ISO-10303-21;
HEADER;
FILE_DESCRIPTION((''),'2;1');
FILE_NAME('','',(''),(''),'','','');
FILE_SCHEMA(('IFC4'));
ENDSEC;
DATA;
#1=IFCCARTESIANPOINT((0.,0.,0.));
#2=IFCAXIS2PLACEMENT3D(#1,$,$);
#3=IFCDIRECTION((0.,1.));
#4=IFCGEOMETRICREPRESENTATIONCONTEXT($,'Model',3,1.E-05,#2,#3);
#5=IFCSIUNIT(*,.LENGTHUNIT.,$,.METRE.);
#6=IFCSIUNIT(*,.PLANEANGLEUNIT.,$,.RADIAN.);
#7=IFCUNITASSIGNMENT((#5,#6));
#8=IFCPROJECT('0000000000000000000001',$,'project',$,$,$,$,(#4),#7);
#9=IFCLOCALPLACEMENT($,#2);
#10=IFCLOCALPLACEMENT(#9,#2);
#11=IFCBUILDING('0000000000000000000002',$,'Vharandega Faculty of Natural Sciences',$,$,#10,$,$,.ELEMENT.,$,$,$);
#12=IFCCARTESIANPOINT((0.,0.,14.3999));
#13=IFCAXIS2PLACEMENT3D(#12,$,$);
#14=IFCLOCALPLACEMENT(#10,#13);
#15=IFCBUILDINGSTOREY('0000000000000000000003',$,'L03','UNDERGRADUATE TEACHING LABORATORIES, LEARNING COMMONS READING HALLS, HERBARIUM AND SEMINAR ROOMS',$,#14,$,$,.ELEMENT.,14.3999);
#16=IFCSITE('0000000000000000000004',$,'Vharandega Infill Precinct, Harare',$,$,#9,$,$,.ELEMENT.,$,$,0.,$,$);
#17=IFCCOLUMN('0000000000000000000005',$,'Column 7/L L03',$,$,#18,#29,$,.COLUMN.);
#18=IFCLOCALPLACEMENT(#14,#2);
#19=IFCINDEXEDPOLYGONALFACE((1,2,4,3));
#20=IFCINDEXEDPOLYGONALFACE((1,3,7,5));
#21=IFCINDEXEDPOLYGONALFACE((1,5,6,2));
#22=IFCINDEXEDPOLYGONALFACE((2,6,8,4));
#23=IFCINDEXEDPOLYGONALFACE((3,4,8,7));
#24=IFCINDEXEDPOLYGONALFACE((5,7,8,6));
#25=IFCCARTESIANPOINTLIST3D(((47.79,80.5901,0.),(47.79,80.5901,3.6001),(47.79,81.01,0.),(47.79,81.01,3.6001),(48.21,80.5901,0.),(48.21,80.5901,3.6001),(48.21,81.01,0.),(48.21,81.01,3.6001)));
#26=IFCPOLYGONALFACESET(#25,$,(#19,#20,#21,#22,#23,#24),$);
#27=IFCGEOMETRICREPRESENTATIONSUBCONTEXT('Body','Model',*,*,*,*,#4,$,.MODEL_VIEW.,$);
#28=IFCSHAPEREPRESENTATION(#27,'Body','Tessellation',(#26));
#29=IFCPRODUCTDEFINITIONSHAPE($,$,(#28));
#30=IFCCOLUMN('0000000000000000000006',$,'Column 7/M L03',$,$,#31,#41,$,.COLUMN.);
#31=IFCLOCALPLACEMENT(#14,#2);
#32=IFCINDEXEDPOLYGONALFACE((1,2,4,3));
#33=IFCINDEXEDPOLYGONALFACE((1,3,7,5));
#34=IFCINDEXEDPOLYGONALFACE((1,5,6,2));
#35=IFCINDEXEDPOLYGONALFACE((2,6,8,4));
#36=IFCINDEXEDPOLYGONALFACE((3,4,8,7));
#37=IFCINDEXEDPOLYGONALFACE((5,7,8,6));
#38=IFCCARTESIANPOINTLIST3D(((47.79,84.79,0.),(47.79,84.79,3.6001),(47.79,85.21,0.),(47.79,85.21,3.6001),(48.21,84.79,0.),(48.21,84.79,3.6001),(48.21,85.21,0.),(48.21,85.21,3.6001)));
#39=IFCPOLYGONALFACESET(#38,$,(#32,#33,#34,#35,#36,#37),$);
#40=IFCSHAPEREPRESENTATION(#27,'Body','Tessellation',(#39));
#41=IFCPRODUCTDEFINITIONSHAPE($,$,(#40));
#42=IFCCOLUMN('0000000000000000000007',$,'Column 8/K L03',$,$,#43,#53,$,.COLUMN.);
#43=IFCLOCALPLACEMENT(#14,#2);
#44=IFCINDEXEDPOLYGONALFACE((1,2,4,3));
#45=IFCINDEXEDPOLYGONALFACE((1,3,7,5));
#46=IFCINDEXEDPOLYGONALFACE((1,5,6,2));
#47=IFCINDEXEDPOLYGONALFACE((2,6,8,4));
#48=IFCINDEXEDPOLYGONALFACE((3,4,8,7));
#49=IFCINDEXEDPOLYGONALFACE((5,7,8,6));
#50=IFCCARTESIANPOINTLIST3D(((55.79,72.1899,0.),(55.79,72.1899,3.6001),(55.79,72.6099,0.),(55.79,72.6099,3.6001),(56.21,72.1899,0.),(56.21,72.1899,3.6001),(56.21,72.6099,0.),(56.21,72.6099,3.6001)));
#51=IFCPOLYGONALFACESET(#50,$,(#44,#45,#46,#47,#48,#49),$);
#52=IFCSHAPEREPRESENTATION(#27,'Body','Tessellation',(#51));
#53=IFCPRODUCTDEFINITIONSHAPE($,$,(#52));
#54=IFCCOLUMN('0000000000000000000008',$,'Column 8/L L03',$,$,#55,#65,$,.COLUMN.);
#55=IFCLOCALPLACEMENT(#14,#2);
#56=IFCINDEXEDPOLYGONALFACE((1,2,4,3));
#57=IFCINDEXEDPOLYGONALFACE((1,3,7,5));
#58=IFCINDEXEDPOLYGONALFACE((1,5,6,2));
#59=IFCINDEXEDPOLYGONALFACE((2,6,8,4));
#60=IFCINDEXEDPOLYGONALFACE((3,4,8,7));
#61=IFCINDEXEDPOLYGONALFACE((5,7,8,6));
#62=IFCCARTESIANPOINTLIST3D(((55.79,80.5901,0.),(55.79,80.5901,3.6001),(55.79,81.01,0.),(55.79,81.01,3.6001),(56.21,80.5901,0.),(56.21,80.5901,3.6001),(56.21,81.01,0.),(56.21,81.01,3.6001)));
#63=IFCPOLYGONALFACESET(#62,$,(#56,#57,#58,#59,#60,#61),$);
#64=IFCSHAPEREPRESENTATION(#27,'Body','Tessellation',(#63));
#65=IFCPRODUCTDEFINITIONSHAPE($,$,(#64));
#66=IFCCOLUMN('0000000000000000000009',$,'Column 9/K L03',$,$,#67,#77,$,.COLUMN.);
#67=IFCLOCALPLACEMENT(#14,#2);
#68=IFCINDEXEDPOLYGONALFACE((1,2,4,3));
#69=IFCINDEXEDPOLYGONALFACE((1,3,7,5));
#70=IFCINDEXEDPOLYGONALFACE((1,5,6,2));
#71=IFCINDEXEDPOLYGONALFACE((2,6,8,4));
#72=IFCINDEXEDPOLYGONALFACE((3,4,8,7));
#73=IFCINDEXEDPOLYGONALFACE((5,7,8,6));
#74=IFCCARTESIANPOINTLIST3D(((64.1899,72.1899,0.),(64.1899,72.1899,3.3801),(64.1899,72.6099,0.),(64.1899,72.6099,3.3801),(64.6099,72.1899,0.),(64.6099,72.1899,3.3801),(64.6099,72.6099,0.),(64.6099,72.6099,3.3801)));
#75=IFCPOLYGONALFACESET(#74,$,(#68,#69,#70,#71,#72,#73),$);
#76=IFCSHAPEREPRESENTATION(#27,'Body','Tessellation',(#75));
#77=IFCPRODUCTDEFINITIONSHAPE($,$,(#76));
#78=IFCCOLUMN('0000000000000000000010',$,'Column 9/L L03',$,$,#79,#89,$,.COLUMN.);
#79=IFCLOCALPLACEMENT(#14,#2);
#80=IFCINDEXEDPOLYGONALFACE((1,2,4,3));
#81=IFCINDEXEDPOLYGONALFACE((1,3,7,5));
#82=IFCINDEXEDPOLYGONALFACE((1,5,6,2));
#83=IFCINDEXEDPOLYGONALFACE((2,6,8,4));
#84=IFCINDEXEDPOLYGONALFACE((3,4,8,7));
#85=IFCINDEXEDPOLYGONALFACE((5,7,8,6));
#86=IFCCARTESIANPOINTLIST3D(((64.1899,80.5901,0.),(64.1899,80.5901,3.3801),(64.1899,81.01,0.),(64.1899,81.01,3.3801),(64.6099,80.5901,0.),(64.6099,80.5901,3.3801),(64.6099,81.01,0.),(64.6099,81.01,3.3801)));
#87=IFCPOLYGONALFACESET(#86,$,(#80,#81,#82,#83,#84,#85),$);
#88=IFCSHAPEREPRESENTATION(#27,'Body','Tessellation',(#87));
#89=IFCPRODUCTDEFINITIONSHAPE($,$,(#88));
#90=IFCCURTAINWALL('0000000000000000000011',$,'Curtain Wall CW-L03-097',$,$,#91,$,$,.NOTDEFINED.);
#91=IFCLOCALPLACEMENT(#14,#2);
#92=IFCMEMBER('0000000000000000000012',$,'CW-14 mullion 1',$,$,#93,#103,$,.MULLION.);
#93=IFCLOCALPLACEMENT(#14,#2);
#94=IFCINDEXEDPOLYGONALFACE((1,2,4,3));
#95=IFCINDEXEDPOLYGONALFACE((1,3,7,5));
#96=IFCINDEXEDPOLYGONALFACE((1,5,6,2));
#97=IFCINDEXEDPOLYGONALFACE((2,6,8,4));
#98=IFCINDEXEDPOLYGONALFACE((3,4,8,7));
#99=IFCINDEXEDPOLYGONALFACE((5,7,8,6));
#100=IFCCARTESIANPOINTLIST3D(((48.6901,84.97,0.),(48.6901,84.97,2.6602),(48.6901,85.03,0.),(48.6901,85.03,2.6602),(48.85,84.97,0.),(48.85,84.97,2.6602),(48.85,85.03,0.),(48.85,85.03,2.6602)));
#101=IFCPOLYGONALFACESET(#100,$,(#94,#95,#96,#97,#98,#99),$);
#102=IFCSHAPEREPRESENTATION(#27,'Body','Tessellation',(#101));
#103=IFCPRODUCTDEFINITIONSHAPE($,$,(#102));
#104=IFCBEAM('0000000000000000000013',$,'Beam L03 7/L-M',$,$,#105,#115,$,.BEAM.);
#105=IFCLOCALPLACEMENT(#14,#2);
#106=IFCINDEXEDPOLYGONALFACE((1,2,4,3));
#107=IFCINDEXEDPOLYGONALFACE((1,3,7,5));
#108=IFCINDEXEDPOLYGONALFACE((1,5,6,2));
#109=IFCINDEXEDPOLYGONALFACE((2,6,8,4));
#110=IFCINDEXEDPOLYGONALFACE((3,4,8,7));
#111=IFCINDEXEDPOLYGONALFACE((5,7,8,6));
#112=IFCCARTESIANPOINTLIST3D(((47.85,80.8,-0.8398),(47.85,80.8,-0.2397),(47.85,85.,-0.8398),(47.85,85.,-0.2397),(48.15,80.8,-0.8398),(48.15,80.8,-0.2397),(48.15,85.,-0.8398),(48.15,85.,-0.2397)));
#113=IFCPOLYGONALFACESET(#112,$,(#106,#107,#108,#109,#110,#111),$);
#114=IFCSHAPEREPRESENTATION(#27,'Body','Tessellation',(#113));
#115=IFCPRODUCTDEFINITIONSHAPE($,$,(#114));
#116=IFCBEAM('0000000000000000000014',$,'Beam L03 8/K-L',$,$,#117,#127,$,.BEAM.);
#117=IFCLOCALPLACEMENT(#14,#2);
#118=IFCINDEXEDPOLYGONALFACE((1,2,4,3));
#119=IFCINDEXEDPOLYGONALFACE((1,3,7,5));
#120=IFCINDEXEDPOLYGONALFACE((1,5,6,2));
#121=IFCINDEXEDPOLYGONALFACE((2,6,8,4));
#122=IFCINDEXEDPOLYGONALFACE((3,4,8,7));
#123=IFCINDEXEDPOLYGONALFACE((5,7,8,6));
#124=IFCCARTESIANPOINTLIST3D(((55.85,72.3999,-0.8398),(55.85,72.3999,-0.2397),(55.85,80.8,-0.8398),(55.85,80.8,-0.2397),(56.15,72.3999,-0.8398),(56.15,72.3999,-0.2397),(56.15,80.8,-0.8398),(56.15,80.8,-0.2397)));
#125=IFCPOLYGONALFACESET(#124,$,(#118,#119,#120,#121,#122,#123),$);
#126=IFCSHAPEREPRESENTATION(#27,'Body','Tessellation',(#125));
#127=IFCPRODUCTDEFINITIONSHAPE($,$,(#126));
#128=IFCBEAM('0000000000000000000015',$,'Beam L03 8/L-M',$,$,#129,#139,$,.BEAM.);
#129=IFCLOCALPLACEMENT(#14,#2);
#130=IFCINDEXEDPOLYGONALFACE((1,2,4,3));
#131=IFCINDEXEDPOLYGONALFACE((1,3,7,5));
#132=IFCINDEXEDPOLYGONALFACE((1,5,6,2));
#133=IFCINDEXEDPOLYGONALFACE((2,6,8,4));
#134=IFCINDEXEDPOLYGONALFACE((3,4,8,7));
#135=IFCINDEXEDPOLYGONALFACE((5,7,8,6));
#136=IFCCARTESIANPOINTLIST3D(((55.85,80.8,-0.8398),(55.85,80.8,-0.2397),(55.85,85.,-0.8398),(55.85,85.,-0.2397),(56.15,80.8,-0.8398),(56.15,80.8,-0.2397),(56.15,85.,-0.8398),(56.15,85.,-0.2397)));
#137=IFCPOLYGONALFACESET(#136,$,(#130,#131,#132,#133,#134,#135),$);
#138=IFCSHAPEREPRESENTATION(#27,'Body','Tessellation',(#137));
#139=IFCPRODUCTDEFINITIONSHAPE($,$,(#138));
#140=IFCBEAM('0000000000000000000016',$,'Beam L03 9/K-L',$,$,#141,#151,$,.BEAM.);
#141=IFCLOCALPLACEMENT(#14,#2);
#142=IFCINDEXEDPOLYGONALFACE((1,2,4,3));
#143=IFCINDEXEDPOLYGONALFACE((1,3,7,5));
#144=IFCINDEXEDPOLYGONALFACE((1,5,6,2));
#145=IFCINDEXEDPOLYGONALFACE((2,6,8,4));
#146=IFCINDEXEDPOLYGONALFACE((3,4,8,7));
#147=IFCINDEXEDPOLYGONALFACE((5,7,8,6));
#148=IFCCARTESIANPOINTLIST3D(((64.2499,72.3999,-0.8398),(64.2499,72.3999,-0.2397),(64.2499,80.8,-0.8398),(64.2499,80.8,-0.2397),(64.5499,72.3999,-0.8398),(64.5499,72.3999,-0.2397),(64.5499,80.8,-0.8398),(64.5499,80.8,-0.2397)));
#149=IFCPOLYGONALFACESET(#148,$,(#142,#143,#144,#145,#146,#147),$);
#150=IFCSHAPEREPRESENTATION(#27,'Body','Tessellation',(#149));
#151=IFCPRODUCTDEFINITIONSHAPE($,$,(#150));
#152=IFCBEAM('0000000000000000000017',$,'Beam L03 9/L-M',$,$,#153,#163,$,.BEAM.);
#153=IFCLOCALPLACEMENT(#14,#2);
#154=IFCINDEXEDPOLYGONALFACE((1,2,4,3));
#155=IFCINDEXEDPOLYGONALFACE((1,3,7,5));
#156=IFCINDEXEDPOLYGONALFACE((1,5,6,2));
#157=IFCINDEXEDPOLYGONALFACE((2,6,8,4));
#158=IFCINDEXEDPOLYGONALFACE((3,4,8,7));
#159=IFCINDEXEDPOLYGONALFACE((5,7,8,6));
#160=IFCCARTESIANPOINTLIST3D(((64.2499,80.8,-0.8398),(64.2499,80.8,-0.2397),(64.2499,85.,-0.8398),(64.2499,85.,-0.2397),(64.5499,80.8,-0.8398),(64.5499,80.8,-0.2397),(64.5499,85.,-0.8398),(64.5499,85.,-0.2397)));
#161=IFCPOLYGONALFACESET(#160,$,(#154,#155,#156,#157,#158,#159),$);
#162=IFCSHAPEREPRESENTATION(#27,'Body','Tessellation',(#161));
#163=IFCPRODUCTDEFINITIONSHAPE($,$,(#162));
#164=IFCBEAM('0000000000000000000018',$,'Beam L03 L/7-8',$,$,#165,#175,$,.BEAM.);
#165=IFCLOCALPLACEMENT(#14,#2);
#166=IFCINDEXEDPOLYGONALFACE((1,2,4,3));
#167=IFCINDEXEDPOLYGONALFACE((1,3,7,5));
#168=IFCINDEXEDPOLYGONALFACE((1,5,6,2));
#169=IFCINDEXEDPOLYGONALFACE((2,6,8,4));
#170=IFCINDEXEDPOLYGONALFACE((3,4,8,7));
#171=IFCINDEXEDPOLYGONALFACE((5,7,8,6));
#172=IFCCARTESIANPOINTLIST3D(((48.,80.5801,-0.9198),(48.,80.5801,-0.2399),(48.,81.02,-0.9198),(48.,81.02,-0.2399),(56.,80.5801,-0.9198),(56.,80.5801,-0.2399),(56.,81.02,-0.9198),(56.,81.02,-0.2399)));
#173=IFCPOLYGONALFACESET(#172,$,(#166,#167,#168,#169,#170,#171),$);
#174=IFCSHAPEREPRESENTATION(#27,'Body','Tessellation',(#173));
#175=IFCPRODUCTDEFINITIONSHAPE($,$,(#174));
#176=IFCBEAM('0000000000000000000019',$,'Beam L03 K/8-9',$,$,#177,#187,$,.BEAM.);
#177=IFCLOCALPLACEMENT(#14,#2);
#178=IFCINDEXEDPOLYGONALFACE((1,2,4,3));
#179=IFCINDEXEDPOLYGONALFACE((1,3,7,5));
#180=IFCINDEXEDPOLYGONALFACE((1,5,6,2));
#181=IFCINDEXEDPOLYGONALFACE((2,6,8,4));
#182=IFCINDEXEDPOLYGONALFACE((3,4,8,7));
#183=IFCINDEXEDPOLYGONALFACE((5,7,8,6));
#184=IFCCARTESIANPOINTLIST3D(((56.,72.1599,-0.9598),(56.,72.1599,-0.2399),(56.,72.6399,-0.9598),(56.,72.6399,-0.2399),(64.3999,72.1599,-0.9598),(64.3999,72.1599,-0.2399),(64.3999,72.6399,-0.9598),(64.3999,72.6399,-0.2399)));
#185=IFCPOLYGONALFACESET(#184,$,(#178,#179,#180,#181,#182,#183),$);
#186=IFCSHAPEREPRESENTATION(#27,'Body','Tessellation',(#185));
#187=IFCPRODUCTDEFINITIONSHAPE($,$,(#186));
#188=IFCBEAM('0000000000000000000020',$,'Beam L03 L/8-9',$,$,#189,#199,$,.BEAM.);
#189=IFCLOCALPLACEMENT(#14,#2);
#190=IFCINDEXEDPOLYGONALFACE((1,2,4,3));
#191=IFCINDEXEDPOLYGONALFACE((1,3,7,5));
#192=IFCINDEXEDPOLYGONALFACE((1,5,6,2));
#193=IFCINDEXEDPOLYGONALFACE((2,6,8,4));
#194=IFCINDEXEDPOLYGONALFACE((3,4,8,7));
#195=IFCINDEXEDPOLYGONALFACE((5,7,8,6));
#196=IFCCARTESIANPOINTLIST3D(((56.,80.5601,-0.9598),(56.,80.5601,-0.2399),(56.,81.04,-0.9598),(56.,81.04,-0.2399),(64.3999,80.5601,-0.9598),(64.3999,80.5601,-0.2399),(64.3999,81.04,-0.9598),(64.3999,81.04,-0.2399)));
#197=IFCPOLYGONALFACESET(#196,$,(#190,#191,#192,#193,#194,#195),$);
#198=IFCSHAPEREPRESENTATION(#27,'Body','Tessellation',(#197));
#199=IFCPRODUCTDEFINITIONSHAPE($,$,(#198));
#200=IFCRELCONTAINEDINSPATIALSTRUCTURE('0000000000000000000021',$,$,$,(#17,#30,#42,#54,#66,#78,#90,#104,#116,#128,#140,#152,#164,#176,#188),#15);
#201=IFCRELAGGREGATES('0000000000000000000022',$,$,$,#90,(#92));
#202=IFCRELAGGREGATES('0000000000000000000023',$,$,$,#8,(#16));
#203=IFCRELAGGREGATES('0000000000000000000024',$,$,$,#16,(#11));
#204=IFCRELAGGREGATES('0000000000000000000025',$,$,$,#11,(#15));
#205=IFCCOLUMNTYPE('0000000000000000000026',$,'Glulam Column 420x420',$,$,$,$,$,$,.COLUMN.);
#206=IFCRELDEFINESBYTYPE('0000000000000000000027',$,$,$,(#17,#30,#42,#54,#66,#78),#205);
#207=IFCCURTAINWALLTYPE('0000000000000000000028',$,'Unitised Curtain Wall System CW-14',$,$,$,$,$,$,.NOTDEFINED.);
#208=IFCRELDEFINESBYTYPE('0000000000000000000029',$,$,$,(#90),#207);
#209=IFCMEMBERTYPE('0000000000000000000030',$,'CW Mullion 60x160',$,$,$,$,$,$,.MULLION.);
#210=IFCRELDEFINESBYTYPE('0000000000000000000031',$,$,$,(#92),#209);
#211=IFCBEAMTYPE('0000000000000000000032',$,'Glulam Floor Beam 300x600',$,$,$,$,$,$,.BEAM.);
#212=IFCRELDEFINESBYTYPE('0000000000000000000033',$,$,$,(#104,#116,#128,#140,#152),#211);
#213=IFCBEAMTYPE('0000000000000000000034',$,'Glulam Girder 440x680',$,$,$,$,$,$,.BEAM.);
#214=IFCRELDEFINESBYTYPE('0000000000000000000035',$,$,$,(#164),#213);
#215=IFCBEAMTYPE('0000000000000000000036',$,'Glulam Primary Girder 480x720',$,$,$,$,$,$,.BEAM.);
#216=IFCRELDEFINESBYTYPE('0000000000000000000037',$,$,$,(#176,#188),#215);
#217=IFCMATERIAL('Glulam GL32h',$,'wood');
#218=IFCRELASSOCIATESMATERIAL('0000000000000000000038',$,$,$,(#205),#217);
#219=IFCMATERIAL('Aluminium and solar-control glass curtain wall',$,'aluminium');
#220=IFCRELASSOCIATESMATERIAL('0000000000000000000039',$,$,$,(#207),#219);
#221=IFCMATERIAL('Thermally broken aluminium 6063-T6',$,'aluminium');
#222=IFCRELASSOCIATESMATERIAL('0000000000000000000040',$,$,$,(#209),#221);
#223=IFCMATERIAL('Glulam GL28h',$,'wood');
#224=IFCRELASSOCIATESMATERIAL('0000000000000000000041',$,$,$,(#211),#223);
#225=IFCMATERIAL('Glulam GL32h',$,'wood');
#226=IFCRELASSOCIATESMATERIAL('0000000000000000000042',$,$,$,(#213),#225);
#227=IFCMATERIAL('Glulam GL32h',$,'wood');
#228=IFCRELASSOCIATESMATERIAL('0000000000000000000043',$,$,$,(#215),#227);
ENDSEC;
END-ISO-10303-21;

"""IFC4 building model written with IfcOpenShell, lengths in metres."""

from ifc_helpers import new_model, si_unit, direction, frame, origin, origin_2d, place, context, subcontext, project, spatial, rectangle, extrude, material, material_profile, profile_set, type_object, element, aggregate, save


model = new_model("IFC4")

# Units and contexts
model_context = context("Model", 3, precision=1e-05, world=origin(), true_north=direction((0.0, 1.0)))
body_context = subcontext(model_context, "Body", "Model", "MODEL_VIEW")
ifc_project = project(units=[si_unit("LENGTHUNIT", "METRE"), si_unit("PLANEANGLEUNIT", "RADIAN")], contexts=[model_context])

# Site, building, storey
site_placement = place(None, origin())
site = spatial("IfcSite", under=ifc_project, at=site_placement, Name="Vharandega Infill Precinct, Harare", CompositionType="ELEMENT", RefElevation=0.0)
building_placement = place(site_placement, origin())
building = spatial("IfcBuilding", under=site, at=building_placement, Name="Vharandega Faculty of Natural Sciences", CompositionType="ELEMENT")
storey_placement = place(building_placement, frame((0.0, 0.0, 14.3999)))
storey = spatial("IfcBuildingStorey", under=building, at=storey_placement, Name="L03", Description="UNDERGRADUATE TEACHING LABORATORIES, LEARNING COMMONS READING HALLS, HERBARIUM AND SEMINAR ROOMS", CompositionType="ELEMENT", Elevation=14.3999)

# Columns
ifc_material_1 = material(Name="Glulam GL32h", Category="wood")
ifc_material_profile_1 = material_profile(ifc_material_1, rectangle(XDim=0.4199, YDim=0.4199, at=origin_2d()), Name="GL32h 420x420")
ifc_profile_set_1 = profile_set([ifc_material_profile_1], Name="Glulam GL32h")
column_type = type_object("IfcColumnType", Name="Glulam Column 420x420", PredefinedType="COLUMN", material=ifc_profile_set_1)
for number, where, z_axis, x_axis, name in (
    (1, (48.0, 80.8, 0.0), (0.0, 0.0, 1.0), (1.0, 0.0, 0.0), "Column 7/L L03"),
    (2, (48.0, 85.0, 0.0), (0.0, 0.0, 1.0), (1.0, 0.0, 0.0), "Column 7/M L03"),
    (3, (56.0, 72.3999, 0.0), (0.0, 0.0, 1.0), (1.0, 0.0, 0.0), "Column 8/K L03"),
    (4, (56.0, 80.8, 0.0), (0.0, 0.0, 1.0), (1.0, 0.0, 0.0), "Column 8/L L03"),
):
    element("IfcColumn", number, at=place(storey_placement, frame(where, z_axis=z_axis, x_axis=x_axis)), inside=storey, type_object=column_type, Name=name, PredefinedType="COLUMN", context=body_context, shape_type="SweptSolid", body=[
        extrude(rectangle(XDim=0.4199, YDim=0.4199, at=origin_2d()), origin(), (0.0, 0.0, 1.0), 3.6001),
    ])
for number, where, z_axis, x_axis, name in (
    (5, (64.3999, 72.3999, 0.0), (0.0, 0.0, 1.0), (1.0, 0.0, 0.0), "Column 9/K L03"),
    (6, (64.3999, 80.8, 0.0), (0.0, 0.0, 1.0), (1.0, 0.0, 0.0), "Column 9/L L03"),
):
    element("IfcColumn", number, at=place(storey_placement, frame(where, z_axis=z_axis, x_axis=x_axis)), inside=storey, type_object=column_type, Name=name, PredefinedType="COLUMN", context=body_context, shape_type="SweptSolid", body=[
        extrude(rectangle(XDim=0.4199, YDim=0.4199, at=origin_2d()), origin(), (0.0, 0.0, 1.0), 3.3801),
    ])

# Curtain wall, member
ifc_material_2 = material(Name="Aluminium and solar-control glass curtain wall", Category="aluminium")
curtain_wall_type = type_object("IfcCurtainWallType", Name="Unitised Curtain Wall System CW-14", PredefinedType="NOTDEFINED", material=ifc_material_2)
curtain_wall_placement = place(storey_placement, origin())
curtain_wall = element("IfcCurtainWall", 7, at=curtain_wall_placement, inside=storey, type_object=curtain_wall_type, Name="Curtain Wall CW-L03-097", PredefinedType="NOTDEFINED")
ifc_material_3 = material(Name="Thermally broken aluminium 6063-T6", Category="aluminium")
ifc_material_profile_2 = material_profile(ifc_material_3, rectangle(XDim=0.0601, YDim=0.1599, at=origin_2d()), Name="ALU 60x160")
ifc_profile_set_2 = profile_set([ifc_material_profile_2], Name="Thermally broken aluminium 6063-T6")
member_type = type_object("IfcMemberType", Name="CW Mullion 60x160", PredefinedType="MULLION", material=ifc_profile_set_2)
member_placement = place(storey_placement, frame((48.77, 85.0, 0.0), z_axis=(0.0, 0.0, 1.0), x_axis=(0.0, 1.0, 0.0)))
member = element("IfcMember", 8, at=member_placement, type_object=member_type, Name="CW-14 mullion 1", PredefinedType="MULLION", context=body_context, shape_type="SweptSolid", body=[
    extrude(rectangle(XDim=0.0601, YDim=0.1599, at=origin_2d()), origin(), (0.0, 0.0, 1.0), 2.6602),
])
aggregate(curtain_wall, [member])

# Beams
ifc_material_4 = material(Name="Glulam GL28h", Category="wood")
ifc_material_profile_3 = material_profile(ifc_material_4, rectangle(XDim=0.3, YDim=0.6001, at=origin_2d()), Name="GL28h 300x600")
ifc_profile_set_3 = profile_set([ifc_material_profile_3], Name="Glulam GL28h")
beam_type_1 = type_object("IfcBeamType", Name="Glulam Floor Beam 300x600", PredefinedType="BEAM", material=ifc_profile_set_3)
beam_1_placement = place(storey_placement, frame((48.0, 80.8, -0.5398), z_axis=(0.0, 1.0, 0.0), x_axis=(-1.0, 0.0, 0.0)))
element("IfcBeam", 9, at=beam_1_placement, inside=storey, type_object=beam_type_1, Name="Beam L03 7/L-M", PredefinedType="BEAM", context=body_context, shape_type="SweptSolid", body=[
    extrude(rectangle(XDim=0.3, YDim=0.6001, at=origin_2d()), origin(), (0.0, 0.0, 1.0), 4.2),
])
beam_2_placement = place(storey_placement, frame((56.0, 72.3999, -0.5398), z_axis=(0.0, 1.0, 0.0), x_axis=(-1.0, 0.0, 0.0)))
element("IfcBeam", 10, at=beam_2_placement, inside=storey, type_object=beam_type_1, Name="Beam L03 8/K-L", PredefinedType="BEAM", context=body_context, shape_type="SweptSolid", body=[
    extrude(rectangle(XDim=0.3, YDim=0.6001, at=origin_2d()), origin(), (0.0, 0.0, 1.0), 8.4001),
])
beam_3_placement = place(storey_placement, frame((56.0, 80.8, -0.5398), z_axis=(0.0, 1.0, 0.0), x_axis=(-1.0, 0.0, 0.0)))
element("IfcBeam", 11, at=beam_3_placement, inside=storey, type_object=beam_type_1, Name="Beam L03 8/L-M", PredefinedType="BEAM", context=body_context, shape_type="SweptSolid", body=[
    extrude(rectangle(XDim=0.3, YDim=0.6001, at=origin_2d()), origin(), (0.0, 0.0, 1.0), 4.2),
])
beam_4_placement = place(storey_placement, frame((64.3999, 72.3999, -0.5398), z_axis=(0.0, 1.0, 0.0), x_axis=(-1.0, 0.0, 0.0)))
element("IfcBeam", 12, at=beam_4_placement, inside=storey, type_object=beam_type_1, Name="Beam L03 9/K-L", PredefinedType="BEAM", context=body_context, shape_type="SweptSolid", body=[
    extrude(rectangle(XDim=0.3, YDim=0.6001, at=origin_2d()), origin(), (0.0, 0.0, 1.0), 8.4001),
])
beam_5_placement = place(storey_placement, frame((64.3999, 80.8, -0.5398), z_axis=(0.0, 1.0, 0.0), x_axis=(-1.0, 0.0, 0.0)))
element("IfcBeam", 13, at=beam_5_placement, inside=storey, type_object=beam_type_1, Name="Beam L03 9/L-M", PredefinedType="BEAM", context=body_context, shape_type="SweptSolid", body=[
    extrude(rectangle(XDim=0.3, YDim=0.6001, at=origin_2d()), origin(), (0.0, 0.0, 1.0), 4.2),
])
ifc_material_5 = material(Name="Glulam GL32h", Category="wood")
ifc_material_profile_4 = material_profile(ifc_material_5, rectangle(XDim=0.4399, YDim=0.6799, at=origin_2d()), Name="GL32h 440x680")
ifc_profile_set_4 = profile_set([ifc_material_profile_4], Name="Glulam GL32h")
beam_type_2 = type_object("IfcBeamType", Name="Glulam Girder 440x680", PredefinedType="BEAM", material=ifc_profile_set_4)
beam_6_placement = place(storey_placement, frame((48.0, 80.8, -0.5798), z_axis=(1.0, 0.0, 0.0), x_axis=(0.0, 1.0, 0.0)))
element("IfcBeam", 14, at=beam_6_placement, inside=storey, type_object=beam_type_2, Name="Beam L03 L/7-8", PredefinedType="BEAM", context=body_context, shape_type="SweptSolid", body=[
    extrude(rectangle(XDim=0.4399, YDim=0.6799, at=origin_2d()), origin(), (0.0, 0.0, 1.0), 8.0),
])
ifc_material_6 = material(Name="Glulam GL32h", Category="wood")
ifc_material_profile_5 = material_profile(ifc_material_6, rectangle(XDim=0.48, YDim=0.72, at=origin_2d()), Name="GL32h 480x720")
ifc_profile_set_5 = profile_set([ifc_material_profile_5], Name="Glulam GL32h")
beam_type_3 = type_object("IfcBeamType", Name="Glulam Primary Girder 480x720", PredefinedType="BEAM", material=ifc_profile_set_5)
for number, where, z_axis, x_axis, name in (
    (15, (56.0, 72.3999, -0.5999), (1.0, 0.0, 0.0), (0.0, 1.0, 0.0), "Beam L03 K/8-9"),
    (16, (56.0, 80.8, -0.5999), (1.0, 0.0, 0.0), (0.0, 1.0, 0.0), "Beam L03 L/8-9"),
):
    element("IfcBeam", number, at=place(storey_placement, frame(where, z_axis=z_axis, x_axis=x_axis)), inside=storey, type_object=beam_type_3, Name=name, PredefinedType="BEAM", context=body_context, shape_type="SweptSolid", body=[
        extrude(rectangle(XDim=0.48, YDim=0.72, at=origin_2d()), origin(), (0.0, 0.0, 1.0), 8.3999),
    ])

save(model, "model.ifc")
